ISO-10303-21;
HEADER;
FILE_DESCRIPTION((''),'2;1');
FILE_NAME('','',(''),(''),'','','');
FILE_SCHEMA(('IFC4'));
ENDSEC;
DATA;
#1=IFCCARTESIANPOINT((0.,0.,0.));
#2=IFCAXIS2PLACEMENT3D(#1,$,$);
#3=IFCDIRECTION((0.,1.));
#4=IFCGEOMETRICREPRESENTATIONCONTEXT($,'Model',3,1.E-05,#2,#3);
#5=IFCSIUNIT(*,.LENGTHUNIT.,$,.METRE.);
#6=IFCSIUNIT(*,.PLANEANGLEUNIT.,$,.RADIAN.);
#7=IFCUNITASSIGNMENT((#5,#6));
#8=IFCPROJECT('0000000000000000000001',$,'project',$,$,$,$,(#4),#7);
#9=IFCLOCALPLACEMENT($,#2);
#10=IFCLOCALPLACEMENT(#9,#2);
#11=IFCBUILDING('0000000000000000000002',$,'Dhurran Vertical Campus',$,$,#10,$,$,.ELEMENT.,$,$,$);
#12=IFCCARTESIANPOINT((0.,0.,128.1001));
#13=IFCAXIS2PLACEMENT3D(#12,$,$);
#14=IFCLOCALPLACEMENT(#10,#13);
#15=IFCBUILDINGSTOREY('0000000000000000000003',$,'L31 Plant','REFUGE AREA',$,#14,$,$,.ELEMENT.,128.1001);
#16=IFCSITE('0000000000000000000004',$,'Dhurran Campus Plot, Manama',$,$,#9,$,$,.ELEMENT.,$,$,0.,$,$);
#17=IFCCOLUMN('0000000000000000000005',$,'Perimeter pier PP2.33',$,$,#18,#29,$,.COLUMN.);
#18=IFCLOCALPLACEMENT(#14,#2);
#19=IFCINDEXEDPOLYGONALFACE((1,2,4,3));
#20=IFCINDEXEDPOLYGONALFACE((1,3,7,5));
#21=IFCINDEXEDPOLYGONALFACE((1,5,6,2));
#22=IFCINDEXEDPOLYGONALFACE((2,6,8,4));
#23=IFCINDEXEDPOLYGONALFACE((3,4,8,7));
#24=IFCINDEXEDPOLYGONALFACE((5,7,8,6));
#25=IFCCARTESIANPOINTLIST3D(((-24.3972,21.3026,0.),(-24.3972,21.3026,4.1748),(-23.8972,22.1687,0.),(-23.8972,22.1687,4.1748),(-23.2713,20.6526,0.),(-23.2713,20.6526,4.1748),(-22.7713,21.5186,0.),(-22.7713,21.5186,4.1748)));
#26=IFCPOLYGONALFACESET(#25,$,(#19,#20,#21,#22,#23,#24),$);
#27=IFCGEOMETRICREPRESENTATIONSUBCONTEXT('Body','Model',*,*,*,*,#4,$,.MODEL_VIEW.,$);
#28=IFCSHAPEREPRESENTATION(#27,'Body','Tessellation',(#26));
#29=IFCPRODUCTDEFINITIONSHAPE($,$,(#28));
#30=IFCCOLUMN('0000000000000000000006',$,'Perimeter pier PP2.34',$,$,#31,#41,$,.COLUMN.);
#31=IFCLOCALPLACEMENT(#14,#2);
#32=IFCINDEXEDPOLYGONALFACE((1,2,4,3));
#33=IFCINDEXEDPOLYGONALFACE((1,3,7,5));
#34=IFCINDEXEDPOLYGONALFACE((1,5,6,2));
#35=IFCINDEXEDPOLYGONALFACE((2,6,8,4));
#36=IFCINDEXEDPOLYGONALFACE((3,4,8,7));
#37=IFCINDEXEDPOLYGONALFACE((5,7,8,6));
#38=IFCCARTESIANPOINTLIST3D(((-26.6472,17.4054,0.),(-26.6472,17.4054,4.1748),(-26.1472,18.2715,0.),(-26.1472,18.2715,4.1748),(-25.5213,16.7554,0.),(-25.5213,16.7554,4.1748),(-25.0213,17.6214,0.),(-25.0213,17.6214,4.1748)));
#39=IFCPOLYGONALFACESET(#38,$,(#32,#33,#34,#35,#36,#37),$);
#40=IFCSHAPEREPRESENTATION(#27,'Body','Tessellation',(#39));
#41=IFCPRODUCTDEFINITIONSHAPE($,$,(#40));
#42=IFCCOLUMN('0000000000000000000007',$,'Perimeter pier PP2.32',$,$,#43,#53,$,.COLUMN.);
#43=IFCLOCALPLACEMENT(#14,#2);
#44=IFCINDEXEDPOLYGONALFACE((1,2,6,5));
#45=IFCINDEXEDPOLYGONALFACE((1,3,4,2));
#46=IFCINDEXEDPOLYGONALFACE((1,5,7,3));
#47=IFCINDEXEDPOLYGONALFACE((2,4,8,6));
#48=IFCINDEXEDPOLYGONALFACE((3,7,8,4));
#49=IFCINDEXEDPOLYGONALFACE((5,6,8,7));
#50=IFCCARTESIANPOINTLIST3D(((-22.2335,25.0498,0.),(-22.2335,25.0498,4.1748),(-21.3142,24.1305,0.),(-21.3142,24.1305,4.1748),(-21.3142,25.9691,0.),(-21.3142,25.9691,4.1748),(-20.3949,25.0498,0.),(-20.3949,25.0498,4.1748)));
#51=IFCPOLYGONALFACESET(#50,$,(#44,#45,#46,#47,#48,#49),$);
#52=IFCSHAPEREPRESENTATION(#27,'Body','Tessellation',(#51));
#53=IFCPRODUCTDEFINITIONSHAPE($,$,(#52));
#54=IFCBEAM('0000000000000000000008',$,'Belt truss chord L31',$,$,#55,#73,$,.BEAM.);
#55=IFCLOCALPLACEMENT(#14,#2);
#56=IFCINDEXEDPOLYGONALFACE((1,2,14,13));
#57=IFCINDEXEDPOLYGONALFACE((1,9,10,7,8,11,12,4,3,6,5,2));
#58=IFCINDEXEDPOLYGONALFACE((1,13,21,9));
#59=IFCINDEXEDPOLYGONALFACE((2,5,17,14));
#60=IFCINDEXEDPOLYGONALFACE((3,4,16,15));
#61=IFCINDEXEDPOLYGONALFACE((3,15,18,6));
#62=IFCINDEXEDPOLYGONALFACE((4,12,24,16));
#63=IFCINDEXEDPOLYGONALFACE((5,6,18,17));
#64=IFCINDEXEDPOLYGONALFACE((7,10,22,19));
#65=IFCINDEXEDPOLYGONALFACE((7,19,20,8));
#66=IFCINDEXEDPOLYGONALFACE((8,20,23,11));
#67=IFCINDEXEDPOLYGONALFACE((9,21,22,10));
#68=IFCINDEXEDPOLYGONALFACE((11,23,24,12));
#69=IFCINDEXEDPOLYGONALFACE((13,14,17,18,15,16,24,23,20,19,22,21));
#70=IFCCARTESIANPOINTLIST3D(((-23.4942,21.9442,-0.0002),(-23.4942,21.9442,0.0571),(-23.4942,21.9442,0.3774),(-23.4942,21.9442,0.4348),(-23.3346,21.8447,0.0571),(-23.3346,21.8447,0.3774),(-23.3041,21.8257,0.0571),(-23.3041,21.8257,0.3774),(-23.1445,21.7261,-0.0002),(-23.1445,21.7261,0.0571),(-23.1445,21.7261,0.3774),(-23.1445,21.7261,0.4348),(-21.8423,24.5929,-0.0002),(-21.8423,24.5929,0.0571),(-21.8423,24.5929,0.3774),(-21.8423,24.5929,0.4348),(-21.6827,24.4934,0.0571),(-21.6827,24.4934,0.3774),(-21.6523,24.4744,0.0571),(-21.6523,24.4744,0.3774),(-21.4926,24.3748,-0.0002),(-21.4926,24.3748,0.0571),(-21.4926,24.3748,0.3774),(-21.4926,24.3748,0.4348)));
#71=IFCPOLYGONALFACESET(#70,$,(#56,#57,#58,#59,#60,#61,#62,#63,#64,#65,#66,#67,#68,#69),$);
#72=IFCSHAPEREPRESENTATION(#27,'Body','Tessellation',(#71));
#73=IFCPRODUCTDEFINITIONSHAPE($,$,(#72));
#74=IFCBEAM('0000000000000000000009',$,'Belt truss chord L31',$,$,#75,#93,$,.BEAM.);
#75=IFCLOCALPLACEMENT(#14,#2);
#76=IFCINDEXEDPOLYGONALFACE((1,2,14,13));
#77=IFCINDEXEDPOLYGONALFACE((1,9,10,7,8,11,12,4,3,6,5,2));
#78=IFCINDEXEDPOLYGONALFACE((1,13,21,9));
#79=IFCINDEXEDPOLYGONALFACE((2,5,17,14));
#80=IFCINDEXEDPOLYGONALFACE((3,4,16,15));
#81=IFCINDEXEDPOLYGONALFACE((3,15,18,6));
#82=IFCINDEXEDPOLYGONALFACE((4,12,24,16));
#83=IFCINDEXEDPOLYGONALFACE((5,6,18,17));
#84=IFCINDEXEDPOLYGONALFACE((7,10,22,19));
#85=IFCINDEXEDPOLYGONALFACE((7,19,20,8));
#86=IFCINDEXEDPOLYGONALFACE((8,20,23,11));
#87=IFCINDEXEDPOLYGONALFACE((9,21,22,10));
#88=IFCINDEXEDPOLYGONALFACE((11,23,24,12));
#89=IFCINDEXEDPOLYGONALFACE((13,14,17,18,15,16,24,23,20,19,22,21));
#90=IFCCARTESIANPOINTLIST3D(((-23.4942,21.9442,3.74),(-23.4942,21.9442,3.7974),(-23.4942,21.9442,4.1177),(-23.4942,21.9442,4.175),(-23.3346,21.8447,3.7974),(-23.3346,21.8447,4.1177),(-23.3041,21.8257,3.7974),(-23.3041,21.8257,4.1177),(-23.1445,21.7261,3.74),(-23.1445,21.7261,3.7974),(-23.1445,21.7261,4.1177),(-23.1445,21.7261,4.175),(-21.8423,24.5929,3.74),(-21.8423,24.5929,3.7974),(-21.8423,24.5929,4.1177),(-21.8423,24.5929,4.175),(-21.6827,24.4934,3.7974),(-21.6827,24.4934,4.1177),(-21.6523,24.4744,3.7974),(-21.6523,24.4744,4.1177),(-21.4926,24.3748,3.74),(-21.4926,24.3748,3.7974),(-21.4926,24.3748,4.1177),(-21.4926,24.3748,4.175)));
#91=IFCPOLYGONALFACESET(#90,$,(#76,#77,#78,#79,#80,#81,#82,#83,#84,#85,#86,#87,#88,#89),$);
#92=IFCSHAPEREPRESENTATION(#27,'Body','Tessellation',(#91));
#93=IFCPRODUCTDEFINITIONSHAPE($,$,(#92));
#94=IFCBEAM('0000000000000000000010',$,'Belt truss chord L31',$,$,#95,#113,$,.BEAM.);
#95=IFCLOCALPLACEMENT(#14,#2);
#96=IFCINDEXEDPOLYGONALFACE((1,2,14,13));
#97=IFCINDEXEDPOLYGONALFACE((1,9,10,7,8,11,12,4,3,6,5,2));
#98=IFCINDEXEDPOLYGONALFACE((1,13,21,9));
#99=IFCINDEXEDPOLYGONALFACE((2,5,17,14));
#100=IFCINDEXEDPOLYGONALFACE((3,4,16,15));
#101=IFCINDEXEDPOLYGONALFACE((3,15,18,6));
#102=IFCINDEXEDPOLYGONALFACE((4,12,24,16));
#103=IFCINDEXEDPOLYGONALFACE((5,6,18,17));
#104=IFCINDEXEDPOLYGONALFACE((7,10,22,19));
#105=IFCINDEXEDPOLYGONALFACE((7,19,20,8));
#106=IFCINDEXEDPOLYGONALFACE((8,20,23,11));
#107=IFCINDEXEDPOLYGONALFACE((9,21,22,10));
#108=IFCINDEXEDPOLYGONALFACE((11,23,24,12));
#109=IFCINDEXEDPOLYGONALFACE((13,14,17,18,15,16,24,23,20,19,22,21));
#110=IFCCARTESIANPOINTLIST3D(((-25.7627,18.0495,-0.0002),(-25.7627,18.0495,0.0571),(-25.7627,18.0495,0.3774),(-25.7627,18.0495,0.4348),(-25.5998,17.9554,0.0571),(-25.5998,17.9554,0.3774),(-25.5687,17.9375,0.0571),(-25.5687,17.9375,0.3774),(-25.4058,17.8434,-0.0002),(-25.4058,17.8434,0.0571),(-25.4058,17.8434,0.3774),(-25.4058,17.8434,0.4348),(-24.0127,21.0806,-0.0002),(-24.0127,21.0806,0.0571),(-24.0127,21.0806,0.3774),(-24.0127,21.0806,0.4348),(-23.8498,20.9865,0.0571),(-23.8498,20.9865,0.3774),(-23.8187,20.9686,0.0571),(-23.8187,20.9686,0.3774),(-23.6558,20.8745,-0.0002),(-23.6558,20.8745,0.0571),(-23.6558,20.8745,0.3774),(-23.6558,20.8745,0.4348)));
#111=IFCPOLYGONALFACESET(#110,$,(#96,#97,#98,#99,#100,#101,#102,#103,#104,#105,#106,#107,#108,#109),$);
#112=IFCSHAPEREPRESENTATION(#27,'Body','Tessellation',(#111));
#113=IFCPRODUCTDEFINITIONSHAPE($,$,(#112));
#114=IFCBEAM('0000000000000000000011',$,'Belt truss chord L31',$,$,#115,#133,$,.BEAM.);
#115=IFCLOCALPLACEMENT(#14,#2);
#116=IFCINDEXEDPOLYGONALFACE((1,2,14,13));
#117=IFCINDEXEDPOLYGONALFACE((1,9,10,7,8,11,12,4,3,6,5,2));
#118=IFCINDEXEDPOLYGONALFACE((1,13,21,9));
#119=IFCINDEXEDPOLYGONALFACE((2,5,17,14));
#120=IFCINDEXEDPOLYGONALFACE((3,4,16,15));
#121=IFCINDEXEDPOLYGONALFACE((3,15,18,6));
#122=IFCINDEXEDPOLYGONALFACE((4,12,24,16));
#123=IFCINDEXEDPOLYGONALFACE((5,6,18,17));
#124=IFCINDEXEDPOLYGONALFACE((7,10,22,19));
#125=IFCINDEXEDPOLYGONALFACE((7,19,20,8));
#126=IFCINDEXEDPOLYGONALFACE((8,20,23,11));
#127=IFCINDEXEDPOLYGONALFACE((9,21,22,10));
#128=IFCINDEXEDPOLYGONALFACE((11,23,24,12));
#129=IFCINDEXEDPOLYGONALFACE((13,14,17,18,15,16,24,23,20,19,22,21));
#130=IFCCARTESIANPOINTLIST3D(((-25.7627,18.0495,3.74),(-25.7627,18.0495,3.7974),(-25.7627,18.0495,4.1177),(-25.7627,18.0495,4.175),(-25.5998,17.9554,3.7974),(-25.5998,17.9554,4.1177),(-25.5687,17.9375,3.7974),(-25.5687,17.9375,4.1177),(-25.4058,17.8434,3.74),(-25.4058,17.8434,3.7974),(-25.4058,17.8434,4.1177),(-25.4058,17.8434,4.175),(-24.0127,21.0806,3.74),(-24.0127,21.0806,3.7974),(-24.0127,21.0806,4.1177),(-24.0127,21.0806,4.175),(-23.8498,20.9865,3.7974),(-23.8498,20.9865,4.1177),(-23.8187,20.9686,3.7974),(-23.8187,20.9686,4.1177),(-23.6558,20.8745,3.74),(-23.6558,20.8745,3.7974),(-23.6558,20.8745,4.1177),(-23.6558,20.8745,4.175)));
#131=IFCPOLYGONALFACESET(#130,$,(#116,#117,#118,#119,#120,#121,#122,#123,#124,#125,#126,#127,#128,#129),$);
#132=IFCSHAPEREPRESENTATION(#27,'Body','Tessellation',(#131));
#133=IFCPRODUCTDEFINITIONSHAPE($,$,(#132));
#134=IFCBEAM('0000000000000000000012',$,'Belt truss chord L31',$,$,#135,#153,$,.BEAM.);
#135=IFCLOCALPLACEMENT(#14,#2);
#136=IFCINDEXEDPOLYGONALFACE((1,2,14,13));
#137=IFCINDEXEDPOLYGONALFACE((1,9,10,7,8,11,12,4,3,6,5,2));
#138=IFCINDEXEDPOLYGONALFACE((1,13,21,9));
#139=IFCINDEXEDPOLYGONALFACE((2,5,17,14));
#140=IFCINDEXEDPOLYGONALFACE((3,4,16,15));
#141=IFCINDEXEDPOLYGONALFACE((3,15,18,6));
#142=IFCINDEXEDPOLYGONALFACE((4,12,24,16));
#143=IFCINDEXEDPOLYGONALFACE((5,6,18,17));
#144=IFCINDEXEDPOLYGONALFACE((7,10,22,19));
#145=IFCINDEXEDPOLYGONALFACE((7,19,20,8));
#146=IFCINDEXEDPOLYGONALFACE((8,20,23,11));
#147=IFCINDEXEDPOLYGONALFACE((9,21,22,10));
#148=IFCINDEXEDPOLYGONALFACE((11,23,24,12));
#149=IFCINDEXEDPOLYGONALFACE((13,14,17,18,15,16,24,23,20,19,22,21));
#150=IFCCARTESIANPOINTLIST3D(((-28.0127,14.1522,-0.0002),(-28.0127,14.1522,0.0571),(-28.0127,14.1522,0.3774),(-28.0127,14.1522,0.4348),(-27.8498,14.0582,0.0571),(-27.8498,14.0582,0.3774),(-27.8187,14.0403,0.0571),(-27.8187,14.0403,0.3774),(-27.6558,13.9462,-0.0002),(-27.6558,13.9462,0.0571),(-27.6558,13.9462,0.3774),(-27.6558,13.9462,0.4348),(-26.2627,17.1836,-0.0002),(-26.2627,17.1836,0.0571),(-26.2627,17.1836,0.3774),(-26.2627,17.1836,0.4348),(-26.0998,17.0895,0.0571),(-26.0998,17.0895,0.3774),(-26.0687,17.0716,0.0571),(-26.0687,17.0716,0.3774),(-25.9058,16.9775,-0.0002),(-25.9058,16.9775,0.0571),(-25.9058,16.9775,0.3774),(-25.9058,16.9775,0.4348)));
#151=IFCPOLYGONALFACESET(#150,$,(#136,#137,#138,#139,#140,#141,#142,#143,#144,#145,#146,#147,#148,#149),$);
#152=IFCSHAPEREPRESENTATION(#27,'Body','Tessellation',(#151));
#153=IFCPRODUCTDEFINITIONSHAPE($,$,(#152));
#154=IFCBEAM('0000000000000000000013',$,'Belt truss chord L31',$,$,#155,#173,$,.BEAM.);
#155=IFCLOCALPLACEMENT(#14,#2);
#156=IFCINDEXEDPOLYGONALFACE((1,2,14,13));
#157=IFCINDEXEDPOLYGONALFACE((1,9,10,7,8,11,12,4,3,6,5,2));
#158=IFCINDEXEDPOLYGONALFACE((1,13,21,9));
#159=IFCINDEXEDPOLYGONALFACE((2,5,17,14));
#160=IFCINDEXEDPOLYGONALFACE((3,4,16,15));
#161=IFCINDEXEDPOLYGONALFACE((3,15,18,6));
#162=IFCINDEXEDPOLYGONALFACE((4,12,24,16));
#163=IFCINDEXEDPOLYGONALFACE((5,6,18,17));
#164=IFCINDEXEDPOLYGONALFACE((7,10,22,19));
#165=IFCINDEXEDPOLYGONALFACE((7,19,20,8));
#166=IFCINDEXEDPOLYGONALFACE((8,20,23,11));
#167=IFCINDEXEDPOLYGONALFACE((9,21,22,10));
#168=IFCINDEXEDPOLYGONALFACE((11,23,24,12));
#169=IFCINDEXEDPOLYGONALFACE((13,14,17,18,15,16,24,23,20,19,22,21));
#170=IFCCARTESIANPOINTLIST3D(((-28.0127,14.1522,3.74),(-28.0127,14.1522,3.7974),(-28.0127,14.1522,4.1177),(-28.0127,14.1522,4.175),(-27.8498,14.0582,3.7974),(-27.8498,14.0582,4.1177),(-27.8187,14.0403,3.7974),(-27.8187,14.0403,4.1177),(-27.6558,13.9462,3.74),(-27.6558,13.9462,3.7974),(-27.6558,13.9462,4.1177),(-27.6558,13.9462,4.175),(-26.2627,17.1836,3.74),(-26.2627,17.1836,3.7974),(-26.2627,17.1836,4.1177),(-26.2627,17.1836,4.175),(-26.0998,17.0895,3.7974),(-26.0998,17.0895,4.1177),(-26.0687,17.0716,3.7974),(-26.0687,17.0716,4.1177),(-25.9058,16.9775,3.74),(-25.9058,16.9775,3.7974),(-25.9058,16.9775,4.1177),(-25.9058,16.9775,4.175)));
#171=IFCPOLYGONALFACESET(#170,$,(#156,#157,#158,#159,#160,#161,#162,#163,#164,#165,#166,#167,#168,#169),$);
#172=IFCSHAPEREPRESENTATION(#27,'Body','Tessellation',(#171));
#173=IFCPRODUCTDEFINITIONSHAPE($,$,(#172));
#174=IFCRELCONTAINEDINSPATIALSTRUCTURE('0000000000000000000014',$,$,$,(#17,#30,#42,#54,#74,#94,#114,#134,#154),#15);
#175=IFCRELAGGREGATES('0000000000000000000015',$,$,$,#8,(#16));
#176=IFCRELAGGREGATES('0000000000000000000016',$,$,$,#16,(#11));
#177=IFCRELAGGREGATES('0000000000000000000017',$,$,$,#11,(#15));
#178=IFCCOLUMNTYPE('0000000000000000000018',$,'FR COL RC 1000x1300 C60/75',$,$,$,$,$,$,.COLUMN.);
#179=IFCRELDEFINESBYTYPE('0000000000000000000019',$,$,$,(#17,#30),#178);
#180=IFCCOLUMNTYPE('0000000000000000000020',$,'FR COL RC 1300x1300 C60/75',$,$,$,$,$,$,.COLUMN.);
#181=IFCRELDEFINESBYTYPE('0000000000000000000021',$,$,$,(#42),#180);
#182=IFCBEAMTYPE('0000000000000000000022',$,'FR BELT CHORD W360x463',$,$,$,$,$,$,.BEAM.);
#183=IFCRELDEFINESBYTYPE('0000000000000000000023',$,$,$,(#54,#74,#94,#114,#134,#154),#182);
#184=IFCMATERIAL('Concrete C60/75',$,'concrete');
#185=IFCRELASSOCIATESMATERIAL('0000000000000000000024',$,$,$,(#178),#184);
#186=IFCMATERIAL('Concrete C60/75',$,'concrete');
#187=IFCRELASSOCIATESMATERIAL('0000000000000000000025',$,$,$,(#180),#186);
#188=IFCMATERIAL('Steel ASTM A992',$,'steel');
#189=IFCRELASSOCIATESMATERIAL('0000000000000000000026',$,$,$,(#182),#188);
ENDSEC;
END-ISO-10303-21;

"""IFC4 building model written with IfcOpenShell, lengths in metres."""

from ifc_helpers import new_model, si_unit, direction, frame, origin, origin_2d, place, context, subcontext, project, spatial, rectangle, i_section, extrude, material, material_profile, profile_set, type_object, element, save


model = new_model("IFC4")

# Units and contexts
model_context = context("Model", 3, precision=1e-05, world=origin(), true_north=direction((0.0, 1.0)))
body_context = subcontext(model_context, "Body", "Model", "MODEL_VIEW")
ifc_project = project(units=[si_unit("LENGTHUNIT", "METRE"), si_unit("PLANEANGLEUNIT", "RADIAN")], contexts=[model_context])

# Site, building, storey
site_placement = place(None, origin())
site = spatial("IfcSite", under=ifc_project, at=site_placement, Name="Dhurran Campus Plot, Manama", CompositionType="ELEMENT", RefElevation=0.0)
building_placement = place(site_placement, origin())
building = spatial("IfcBuilding", under=site, at=building_placement, Name="Dhurran Vertical Campus", CompositionType="ELEMENT")
storey_placement = place(building_placement, frame((0.0, 0.0, 128.1001)))
storey = spatial("IfcBuildingStorey", under=building, at=storey_placement, Name="L31 Plant", Description="REFUGE AREA", CompositionType="ELEMENT", Elevation=128.1001)

# Columns
ifc_material_1 = material(Name="Concrete C60/75", Category="concrete")
ifc_material_profile_1 = material_profile(ifc_material_1, rectangle(XDim=1.0, YDim=1.3, at=origin_2d()), Name="RC 1000x1300")
ifc_profile_set_1 = profile_set([ifc_material_profile_1], Name="Concrete C60/75")
column_type_1 = type_object("IfcColumnType", Name="FR COL RC 1000x1300 C60/75", PredefinedType="COLUMN", material=ifc_profile_set_1)
for number, where, z_axis, x_axis, name in (
    (1, (-23.5842, 21.4106, 0.0), (0.0, 0.0, 1.0), (-0.5, -0.866025, 0.0), "Perimeter pier PP2.33"),
    (2, (-25.8342, 17.5134, 0.0), (0.0, 0.0, 1.0), (-0.5, -0.866025, 0.0), "Perimeter pier PP2.34"),
):
    element("IfcColumn", number, at=place(storey_placement, frame(where, z_axis=z_axis, x_axis=x_axis)), inside=storey, type_object=column_type_1, Name=name, PredefinedType="COLUMN", context=body_context, shape_type="SweptSolid", body=[
        extrude(rectangle(XDim=1.0, YDim=1.3, at=origin_2d()), origin(), (0.0, 0.0, 1.0), 4.1748),
    ])
ifc_material_2 = material(Name="Concrete C60/75", Category="concrete")
ifc_material_profile_2 = material_profile(ifc_material_2, rectangle(XDim=1.3, YDim=1.3, at=origin_2d()), Name="RC 1300x1300")
ifc_profile_set_2 = profile_set([ifc_material_profile_2], Name="Concrete C60/75")
column_type_2 = type_object("IfcColumnType", Name="FR COL RC 1300x1300 C60/75", PredefinedType="COLUMN", material=ifc_profile_set_2)
column_placement = place(storey_placement, frame((-21.3142, 25.0498, 0.0), z_axis=(0.0, 0.0, 1.0), x_axis=(-0.707107, -0.707107, 0.0)))
element("IfcColumn", 3, at=column_placement, inside=storey, type_object=column_type_2, Name="Perimeter pier PP2.32", PredefinedType="COLUMN", context=body_context, shape_type="SweptSolid", body=[
    extrude(rectangle(XDim=1.3, YDim=1.3, at=origin_2d()), origin(), (0.0, 0.0, 1.0), 4.1748),
])

# Beams
ifc_material_3 = material(Name="Steel ASTM A992", Category="steel")
ifc_material_profile_3 = material_profile(ifc_material_3, i_section(OverallWidth=0.4121, OverallDepth=0.4351, WebThickness=0.0359, FlangeThickness=0.0574, at=origin_2d()), Name="W360x463")
ifc_profile_set_3 = profile_set([ifc_material_profile_3], Name="Steel ASTM A992")
beam_type = type_object("IfcBeamType", Name="FR BELT CHORD W360x463", PredefinedType="BEAM", material=ifc_profile_set_3)
for number, where, z_axis, x_axis, name in (
    (4, (-21.6675, 24.4839, 0.2173), (-0.529176, -0.848512, 0.0), (0.848512, -0.529176, 0.0), "Belt truss chord L31"),
    (5, (-21.6675, 24.4839, 3.9575), (-0.529176, -0.848512, 0.0), (0.848512, -0.529176, 0.0), "Belt truss chord L31"),
):
    element("IfcBeam", number, at=place(storey_placement, frame(where, z_axis=z_axis, x_axis=x_axis)), inside=storey, type_object=beam_type, Name=name, PredefinedType="BEAM", context=body_context, shape_type="SweptSolid", body=[
        extrude(i_section(OverallWidth=0.4121, OverallDepth=0.4351, WebThickness=0.0359, FlangeThickness=0.0574, at=origin_2d()), origin(), (0.0, 0.0, 1.0), 3.1216),
    ])
for number, where, z_axis, x_axis, name in (
    (6, (-23.8342, 20.9775, 0.2173), (-0.50001, -0.866019, 0.0), (0.866019, -0.50001, 0.0), "Belt truss chord L31"),
    (7, (-23.8342, 20.9775, 3.9575), (-0.50001, -0.866019, 0.0), (0.866019, -0.50001, 0.0), "Belt truss chord L31"),
):
    element("IfcBeam", number, at=place(storey_placement, frame(where, z_axis=z_axis, x_axis=x_axis)), inside=storey, type_object=beam_type, Name=name, PredefinedType="BEAM", context=body_context, shape_type="SweptSolid", body=[
        extrude(i_section(OverallWidth=0.4121, OverallDepth=0.4351, WebThickness=0.0359, FlangeThickness=0.0574, at=origin_2d()), origin(), (0.0, 0.0, 1.0), 3.5),
    ])
for number, where, z_axis, x_axis, name in (
    (8, (-26.0842, 17.0806, 0.2173), (-0.49998, -0.866037, 0.0), (0.866037, -0.49998, 0.0), "Belt truss chord L31"),
    (9, (-26.0842, 17.0806, 3.9575), (-0.49998, -0.866037, 0.0), (0.866037, -0.49998, 0.0), "Belt truss chord L31"),
):
    element("IfcBeam", number, at=place(storey_placement, frame(where, z_axis=z_axis, x_axis=x_axis)), inside=storey, type_object=beam_type, Name=name, PredefinedType="BEAM", context=body_context, shape_type="SweptSolid", body=[
        extrude(i_section(OverallWidth=0.4121, OverallDepth=0.4351, WebThickness=0.0359, FlangeThickness=0.0574, at=origin_2d()), origin(), (0.0, 0.0, 1.0), 3.5002),
    ])

save(model, "model.ifc")
